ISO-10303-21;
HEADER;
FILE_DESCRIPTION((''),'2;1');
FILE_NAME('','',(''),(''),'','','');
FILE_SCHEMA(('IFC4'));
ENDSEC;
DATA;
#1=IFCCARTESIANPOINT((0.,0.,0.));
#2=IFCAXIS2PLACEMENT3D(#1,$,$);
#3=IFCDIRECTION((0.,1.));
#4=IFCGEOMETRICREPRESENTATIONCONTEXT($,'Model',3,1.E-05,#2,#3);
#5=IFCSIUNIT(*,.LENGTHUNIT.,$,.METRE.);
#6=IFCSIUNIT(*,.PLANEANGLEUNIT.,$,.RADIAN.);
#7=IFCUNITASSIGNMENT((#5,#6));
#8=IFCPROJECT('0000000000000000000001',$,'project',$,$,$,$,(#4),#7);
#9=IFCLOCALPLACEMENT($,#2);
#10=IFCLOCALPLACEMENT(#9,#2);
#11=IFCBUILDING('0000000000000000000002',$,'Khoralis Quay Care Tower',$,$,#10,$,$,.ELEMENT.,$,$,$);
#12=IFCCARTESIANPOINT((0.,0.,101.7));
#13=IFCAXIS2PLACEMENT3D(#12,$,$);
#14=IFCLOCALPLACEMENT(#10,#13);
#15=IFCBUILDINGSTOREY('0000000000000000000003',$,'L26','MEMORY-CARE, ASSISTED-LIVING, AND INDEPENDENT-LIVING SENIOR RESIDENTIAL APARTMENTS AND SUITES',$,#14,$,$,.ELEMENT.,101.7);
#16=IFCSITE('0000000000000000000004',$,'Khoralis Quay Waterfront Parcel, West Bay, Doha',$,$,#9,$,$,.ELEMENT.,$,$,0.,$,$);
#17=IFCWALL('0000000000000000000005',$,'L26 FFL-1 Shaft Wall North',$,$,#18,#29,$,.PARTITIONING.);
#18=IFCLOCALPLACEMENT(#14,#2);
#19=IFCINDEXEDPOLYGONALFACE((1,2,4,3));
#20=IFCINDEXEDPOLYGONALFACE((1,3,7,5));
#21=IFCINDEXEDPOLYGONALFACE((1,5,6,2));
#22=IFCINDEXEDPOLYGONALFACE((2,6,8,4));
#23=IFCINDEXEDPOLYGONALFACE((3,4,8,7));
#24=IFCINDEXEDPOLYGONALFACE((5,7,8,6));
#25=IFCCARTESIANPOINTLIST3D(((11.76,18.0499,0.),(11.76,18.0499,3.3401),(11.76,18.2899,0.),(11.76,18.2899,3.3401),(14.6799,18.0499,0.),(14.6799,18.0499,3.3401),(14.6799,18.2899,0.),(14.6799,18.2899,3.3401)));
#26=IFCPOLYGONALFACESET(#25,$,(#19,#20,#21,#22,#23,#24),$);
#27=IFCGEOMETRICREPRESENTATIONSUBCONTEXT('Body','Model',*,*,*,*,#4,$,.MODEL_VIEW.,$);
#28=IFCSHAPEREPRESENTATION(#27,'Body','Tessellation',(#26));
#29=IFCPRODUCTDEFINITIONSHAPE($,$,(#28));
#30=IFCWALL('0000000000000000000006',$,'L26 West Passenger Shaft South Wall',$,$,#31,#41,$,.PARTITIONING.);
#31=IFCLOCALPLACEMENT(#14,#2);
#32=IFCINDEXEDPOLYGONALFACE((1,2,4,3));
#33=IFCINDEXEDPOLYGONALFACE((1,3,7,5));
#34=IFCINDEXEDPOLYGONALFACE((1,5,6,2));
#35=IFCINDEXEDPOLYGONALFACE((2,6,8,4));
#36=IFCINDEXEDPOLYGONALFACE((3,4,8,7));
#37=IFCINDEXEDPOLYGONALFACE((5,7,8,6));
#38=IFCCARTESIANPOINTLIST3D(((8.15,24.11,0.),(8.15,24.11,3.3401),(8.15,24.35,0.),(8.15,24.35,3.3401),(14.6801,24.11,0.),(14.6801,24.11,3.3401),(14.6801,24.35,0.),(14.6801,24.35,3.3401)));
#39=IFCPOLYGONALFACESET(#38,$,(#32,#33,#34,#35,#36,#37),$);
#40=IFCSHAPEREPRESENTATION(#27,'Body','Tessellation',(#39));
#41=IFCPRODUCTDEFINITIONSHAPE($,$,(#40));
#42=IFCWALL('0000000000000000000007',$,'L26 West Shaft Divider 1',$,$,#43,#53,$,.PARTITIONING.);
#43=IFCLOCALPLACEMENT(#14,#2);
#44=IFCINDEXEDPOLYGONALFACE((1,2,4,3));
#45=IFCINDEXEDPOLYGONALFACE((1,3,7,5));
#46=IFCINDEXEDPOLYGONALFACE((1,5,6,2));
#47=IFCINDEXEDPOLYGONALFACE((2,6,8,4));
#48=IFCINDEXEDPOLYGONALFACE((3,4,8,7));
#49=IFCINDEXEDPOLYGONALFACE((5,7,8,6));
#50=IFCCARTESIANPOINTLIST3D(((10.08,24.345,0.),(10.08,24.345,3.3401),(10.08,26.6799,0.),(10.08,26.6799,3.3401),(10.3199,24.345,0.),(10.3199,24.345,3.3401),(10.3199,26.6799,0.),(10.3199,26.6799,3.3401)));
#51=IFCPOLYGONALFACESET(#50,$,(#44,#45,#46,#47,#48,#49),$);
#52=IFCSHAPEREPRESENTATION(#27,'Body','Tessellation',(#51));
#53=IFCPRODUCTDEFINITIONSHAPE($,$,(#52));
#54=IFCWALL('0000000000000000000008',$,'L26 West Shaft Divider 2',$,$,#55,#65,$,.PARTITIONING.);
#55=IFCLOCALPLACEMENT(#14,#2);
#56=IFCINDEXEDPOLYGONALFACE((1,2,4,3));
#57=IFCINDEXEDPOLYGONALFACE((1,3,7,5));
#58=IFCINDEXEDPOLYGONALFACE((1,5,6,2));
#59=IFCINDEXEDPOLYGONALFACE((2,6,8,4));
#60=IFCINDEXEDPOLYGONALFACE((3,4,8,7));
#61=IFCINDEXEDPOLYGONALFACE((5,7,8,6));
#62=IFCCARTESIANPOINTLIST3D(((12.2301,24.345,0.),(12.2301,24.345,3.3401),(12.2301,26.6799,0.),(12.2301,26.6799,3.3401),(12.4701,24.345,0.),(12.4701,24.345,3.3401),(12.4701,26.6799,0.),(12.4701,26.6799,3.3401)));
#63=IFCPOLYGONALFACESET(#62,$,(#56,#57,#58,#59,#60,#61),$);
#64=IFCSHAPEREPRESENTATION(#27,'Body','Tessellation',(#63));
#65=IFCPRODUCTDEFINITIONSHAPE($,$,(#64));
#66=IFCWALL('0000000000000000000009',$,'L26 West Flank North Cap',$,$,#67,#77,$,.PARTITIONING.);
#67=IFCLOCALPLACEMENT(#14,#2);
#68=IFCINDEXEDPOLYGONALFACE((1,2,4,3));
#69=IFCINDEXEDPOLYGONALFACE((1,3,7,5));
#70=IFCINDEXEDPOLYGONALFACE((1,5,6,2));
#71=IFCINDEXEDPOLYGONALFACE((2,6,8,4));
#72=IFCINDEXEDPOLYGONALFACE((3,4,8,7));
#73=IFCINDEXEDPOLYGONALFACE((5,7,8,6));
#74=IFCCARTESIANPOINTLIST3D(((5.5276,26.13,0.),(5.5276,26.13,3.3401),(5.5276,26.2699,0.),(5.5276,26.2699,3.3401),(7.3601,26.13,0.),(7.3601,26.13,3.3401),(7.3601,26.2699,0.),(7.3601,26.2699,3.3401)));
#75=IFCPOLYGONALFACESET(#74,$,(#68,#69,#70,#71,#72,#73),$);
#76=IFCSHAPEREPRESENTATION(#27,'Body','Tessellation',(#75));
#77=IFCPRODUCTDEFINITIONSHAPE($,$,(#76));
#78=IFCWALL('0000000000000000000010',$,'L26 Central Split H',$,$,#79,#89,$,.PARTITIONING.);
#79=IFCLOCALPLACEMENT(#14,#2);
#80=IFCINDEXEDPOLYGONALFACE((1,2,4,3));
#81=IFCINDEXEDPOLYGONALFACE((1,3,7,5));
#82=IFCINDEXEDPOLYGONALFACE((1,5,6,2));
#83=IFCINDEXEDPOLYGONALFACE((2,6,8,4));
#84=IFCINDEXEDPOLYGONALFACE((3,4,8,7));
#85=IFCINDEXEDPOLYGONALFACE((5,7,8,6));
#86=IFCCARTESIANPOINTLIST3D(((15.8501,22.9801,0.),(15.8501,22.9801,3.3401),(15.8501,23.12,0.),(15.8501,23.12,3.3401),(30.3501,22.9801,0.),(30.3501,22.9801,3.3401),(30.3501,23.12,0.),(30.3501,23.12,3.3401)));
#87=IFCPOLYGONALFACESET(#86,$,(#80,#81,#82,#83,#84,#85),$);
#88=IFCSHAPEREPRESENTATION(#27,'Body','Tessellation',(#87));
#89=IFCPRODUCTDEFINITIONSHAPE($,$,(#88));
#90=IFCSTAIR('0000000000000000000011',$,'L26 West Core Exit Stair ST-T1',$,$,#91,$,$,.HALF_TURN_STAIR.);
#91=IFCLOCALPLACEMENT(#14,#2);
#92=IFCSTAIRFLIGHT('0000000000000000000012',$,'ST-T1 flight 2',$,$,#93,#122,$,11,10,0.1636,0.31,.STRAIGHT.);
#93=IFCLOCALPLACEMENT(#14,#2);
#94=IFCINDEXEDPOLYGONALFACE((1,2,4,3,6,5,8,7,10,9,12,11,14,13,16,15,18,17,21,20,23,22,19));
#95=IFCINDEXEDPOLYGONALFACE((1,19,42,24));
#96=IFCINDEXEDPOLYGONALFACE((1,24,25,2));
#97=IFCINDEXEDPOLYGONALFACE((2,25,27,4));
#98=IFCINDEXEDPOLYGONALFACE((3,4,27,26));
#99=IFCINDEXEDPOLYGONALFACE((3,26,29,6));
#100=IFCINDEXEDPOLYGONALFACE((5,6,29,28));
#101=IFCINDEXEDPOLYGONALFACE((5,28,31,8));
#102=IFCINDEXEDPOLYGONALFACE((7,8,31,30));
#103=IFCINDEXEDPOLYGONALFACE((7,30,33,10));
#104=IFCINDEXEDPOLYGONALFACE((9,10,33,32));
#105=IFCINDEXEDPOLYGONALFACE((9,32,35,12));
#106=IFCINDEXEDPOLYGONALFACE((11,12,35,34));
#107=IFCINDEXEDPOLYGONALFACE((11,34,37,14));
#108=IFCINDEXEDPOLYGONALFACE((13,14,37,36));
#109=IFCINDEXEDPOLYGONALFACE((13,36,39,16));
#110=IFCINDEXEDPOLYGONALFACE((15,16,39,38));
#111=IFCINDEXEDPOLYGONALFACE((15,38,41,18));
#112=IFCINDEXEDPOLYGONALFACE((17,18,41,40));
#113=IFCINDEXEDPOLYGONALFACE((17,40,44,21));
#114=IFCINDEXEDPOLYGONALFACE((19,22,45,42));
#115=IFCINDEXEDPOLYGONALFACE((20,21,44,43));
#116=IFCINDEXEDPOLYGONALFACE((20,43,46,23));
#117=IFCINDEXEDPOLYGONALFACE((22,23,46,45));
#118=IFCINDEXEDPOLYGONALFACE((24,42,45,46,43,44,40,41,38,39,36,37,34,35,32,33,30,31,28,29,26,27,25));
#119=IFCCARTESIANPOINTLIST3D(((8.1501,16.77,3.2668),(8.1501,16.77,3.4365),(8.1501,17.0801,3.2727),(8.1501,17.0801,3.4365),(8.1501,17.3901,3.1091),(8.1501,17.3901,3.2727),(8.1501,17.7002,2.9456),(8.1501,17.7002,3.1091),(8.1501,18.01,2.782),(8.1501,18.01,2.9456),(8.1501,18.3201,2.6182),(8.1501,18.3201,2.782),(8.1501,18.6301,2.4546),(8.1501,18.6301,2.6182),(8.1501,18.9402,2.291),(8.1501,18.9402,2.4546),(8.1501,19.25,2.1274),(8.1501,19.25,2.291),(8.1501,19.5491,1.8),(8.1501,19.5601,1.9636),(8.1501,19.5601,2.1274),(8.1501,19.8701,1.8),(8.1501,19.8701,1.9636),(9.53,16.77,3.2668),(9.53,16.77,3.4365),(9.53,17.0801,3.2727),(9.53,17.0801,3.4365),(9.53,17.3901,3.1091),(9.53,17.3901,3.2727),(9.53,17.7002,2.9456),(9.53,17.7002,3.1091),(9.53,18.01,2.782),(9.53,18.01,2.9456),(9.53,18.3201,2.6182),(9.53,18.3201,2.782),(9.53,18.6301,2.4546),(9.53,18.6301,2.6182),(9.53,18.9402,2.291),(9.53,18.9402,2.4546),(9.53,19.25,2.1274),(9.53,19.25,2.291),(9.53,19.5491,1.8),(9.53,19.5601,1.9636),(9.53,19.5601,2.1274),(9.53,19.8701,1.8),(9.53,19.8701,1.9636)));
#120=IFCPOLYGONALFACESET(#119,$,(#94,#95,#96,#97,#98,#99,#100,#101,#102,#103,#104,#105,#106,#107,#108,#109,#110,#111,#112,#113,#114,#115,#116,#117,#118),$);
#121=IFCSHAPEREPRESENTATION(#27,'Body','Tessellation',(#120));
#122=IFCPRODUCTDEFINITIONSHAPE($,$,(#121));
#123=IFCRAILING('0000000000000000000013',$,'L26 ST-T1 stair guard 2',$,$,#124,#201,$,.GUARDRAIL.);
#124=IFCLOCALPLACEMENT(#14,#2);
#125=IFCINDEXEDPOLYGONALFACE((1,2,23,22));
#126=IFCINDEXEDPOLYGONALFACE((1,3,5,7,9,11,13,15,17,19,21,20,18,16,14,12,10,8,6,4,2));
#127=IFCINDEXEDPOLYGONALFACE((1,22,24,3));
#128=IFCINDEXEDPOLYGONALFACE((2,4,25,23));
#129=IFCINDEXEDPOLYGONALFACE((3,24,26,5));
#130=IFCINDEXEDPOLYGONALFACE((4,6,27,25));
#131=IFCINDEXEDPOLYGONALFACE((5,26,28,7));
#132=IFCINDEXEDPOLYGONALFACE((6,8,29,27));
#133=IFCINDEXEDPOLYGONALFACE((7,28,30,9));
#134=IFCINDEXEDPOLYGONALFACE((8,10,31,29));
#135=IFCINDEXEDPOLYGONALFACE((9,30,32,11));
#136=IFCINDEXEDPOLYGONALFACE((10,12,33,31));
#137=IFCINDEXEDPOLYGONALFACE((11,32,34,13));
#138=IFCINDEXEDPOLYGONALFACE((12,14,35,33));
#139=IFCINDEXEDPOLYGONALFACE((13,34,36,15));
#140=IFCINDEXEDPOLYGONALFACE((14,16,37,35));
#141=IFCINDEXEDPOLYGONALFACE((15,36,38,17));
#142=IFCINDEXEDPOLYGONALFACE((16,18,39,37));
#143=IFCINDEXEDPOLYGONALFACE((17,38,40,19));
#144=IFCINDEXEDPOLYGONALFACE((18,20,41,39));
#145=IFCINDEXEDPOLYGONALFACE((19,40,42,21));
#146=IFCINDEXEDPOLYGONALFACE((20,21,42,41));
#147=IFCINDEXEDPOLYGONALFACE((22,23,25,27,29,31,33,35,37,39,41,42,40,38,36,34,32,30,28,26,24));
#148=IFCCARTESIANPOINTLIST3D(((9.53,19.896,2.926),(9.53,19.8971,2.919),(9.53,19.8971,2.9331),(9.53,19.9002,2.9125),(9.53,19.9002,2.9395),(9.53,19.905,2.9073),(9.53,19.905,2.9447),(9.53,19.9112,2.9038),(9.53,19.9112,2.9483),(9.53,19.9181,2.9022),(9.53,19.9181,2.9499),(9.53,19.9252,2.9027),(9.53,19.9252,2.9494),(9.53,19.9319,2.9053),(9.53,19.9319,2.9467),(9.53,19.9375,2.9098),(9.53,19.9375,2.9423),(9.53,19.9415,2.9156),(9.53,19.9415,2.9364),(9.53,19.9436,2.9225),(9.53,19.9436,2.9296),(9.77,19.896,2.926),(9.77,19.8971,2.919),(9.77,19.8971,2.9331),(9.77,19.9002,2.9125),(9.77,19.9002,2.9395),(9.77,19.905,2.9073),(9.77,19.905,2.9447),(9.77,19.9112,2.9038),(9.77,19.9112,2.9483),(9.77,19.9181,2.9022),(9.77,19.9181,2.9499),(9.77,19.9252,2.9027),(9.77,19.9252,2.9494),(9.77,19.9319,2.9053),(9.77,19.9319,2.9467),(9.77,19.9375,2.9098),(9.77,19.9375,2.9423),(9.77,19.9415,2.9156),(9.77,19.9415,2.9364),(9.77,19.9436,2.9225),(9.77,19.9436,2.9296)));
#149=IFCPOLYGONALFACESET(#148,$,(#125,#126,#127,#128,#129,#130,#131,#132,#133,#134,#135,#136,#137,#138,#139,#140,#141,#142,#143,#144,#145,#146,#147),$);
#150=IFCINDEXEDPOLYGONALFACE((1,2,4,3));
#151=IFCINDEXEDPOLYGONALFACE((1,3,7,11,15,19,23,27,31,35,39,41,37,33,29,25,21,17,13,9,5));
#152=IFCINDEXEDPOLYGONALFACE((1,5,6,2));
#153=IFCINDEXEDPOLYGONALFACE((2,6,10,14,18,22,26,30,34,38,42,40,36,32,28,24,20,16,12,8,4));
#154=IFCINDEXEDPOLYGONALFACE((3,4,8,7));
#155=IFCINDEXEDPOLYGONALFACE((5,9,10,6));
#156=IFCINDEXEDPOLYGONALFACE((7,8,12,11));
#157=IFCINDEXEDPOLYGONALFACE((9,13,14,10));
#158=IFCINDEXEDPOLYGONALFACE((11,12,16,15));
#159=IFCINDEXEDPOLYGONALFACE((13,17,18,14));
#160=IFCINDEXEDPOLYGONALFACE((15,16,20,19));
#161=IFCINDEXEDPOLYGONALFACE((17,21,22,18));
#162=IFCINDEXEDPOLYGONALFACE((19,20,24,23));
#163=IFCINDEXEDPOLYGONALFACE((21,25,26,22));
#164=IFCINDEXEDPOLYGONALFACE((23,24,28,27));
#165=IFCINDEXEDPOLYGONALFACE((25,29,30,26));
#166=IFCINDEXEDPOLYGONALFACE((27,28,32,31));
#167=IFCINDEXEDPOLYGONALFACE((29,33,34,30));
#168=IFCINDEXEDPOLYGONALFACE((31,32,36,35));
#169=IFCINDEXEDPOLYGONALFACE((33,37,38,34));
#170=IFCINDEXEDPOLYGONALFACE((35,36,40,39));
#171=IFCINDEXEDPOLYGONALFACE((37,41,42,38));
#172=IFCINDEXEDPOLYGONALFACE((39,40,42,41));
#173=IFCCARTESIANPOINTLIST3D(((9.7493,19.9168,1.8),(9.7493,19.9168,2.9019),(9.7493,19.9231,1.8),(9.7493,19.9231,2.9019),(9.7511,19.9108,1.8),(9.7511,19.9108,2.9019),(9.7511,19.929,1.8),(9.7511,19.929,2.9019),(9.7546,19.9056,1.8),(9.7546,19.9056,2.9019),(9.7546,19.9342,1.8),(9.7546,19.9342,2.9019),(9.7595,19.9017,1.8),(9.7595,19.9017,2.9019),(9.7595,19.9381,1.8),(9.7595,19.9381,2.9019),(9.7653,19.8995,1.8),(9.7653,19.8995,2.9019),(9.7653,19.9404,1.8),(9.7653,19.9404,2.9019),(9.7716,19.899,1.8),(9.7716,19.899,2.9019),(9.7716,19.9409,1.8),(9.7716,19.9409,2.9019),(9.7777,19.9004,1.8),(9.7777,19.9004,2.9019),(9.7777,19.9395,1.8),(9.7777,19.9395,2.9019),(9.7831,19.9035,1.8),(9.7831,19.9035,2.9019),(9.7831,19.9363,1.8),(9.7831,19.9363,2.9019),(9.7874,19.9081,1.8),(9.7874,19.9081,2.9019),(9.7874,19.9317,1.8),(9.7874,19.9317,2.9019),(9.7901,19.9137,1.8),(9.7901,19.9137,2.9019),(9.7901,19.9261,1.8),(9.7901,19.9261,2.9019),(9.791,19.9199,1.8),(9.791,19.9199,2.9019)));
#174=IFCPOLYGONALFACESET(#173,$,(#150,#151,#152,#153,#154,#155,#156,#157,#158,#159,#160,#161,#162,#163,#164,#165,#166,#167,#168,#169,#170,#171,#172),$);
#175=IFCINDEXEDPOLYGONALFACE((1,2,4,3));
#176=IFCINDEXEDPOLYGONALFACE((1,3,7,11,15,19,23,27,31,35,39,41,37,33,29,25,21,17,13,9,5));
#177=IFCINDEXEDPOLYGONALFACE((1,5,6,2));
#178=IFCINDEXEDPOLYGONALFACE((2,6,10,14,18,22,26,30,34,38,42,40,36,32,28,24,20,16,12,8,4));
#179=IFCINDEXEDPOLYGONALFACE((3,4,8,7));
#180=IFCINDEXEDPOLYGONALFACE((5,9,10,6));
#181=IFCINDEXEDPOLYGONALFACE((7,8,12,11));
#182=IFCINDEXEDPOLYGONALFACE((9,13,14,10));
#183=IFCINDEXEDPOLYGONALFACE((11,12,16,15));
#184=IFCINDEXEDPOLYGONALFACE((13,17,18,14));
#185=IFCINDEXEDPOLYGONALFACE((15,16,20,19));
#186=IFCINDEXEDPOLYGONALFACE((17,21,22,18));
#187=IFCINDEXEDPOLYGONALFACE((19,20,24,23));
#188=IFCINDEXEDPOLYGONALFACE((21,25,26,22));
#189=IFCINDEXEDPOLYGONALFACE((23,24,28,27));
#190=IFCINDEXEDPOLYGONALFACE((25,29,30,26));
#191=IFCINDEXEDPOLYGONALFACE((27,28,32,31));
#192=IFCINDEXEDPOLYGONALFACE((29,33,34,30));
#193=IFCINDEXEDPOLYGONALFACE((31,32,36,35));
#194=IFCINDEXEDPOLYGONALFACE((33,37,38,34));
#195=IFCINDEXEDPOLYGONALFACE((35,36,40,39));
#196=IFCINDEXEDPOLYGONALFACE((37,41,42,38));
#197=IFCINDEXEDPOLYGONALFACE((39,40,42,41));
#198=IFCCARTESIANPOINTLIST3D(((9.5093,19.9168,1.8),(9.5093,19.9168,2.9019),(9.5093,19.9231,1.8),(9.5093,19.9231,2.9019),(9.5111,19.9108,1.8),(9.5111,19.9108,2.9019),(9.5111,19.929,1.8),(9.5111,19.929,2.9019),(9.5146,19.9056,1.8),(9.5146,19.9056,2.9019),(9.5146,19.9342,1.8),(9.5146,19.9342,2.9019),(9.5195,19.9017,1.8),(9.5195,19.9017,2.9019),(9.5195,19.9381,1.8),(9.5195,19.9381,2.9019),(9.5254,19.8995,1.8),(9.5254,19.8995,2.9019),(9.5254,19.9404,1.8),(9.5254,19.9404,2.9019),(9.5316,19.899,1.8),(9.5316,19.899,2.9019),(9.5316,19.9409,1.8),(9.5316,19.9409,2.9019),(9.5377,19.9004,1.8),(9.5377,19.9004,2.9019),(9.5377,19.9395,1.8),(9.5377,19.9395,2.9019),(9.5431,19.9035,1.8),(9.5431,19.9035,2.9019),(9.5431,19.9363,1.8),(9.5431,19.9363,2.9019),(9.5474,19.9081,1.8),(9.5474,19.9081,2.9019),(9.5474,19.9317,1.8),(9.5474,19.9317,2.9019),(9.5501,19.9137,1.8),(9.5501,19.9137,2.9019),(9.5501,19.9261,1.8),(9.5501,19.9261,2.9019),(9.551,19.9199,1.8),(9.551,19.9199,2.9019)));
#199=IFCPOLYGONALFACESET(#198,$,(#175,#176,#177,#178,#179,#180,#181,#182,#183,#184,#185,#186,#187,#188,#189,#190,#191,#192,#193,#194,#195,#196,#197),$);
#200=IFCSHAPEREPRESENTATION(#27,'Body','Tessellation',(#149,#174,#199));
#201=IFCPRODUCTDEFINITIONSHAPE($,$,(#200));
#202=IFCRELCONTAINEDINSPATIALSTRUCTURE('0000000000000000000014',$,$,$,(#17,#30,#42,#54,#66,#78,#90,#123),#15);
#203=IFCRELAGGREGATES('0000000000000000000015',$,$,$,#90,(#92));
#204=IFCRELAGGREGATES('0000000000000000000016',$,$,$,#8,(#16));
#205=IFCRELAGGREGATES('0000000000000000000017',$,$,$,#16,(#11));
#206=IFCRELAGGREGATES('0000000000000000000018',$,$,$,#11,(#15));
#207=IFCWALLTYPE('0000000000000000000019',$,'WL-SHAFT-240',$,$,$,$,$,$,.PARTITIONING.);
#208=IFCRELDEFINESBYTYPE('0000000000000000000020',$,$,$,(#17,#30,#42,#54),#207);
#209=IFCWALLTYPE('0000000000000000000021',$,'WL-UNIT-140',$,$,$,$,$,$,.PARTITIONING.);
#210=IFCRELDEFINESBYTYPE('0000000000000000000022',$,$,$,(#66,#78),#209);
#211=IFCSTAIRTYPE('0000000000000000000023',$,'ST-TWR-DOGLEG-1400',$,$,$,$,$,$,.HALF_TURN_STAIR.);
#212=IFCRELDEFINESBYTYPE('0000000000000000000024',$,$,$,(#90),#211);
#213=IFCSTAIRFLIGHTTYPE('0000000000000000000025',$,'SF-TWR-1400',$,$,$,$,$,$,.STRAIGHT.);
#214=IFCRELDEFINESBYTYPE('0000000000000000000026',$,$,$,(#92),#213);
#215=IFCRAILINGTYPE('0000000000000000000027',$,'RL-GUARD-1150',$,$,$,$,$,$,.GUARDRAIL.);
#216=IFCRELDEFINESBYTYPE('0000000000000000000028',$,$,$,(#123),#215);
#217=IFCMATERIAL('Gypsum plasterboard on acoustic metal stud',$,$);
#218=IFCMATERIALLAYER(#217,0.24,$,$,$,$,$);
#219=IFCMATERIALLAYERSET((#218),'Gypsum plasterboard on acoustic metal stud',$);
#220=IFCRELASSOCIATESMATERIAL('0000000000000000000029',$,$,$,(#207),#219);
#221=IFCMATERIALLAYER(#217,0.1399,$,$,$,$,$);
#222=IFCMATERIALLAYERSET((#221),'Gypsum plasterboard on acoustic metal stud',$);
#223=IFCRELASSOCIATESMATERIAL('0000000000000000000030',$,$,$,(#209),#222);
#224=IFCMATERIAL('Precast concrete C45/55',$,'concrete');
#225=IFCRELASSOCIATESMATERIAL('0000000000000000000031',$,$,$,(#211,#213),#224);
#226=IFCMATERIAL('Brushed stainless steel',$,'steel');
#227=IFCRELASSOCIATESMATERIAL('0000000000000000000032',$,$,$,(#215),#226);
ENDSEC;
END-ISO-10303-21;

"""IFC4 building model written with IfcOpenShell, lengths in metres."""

from ifc_helpers import new_model, si_unit, direction, frame, frame_2d, origin, origin_2d, place, context, subcontext, project, spatial, polyline, rectangle, circle, outline, extrude, source, transform, mapped, material, layer, layer_set, type_object, element, aggregate, save


model = new_model("IFC4")

# Units and contexts
model_context = context("Model", 3, precision=1e-05, world=origin(), true_north=direction((0.0, 1.0)))
body_context = subcontext(model_context, "Body", "Model", "MODEL_VIEW")
ifc_project = project(units=[si_unit("LENGTHUNIT", "METRE"), si_unit("PLANEANGLEUNIT", "RADIAN")], contexts=[model_context])

# Site, building, storey
site_placement = place(None, origin())
site = spatial("IfcSite", under=ifc_project, at=site_placement, Name="Khoralis Quay Waterfront Parcel, West Bay, Doha", CompositionType="ELEMENT", RefElevation=0.0)
building_placement = place(site_placement, origin())
building = spatial("IfcBuilding", under=site, at=building_placement, Name="Khoralis Quay Care Tower", CompositionType="ELEMENT")
storey_placement = place(building_placement, frame((0.0, 0.0, 101.7)))
storey = spatial("IfcBuildingStorey", under=building, at=storey_placement, Name="L26", Description="MEMORY-CARE, ASSISTED-LIVING, AND INDEPENDENT-LIVING SENIOR RESIDENTIAL APARTMENTS AND SUITES", CompositionType="ELEMENT", Elevation=101.7)

# Shared definitions
ifc_material_1 = material(Name="Brushed stainless steel", Category="steel")

# Shared definitions
ifc_material_2 = material(Name="Gypsum plasterboard on acoustic metal stud")

# Walls
ifc_layer_1 = layer(ifc_material_2, 0.24)
ifc_layer_set_1 = layer_set([ifc_layer_1], Name="Gypsum plasterboard on acoustic metal stud")
wall_type_1 = type_object("IfcWallType", Name="WL-SHAFT-240", PredefinedType="PARTITIONING", material=ifc_layer_set_1)
wall_1_placement = place(storey_placement, frame((11.76, 18.1699, 0.0), z_axis=(0.0, 0.0, 1.0), x_axis=(1.0, 0.0, 0.0)))
element("IfcWall", 1, at=wall_1_placement, inside=storey, type_object=wall_type_1, Name="L26 FFL-1 Shaft Wall North", PredefinedType="PARTITIONING", context=body_context, shape_type="SweptSolid", body=[
    extrude(rectangle(XDim=2.9199, YDim=0.24, at=frame_2d((1.46, 0.0))), origin(), (0.0, 0.0, 1.0), 3.3401),
])
wall_2_placement = place(storey_placement, frame((8.1499, 24.23, 0.0), z_axis=(0.0, 0.0, 1.0), x_axis=(1.0, 0.0, 0.0)))
element("IfcWall", 2, at=wall_2_placement, inside=storey, type_object=wall_type_1, Name="L26 West Passenger Shaft South Wall", PredefinedType="PARTITIONING", context=body_context, shape_type="SweptSolid", body=[
    extrude(rectangle(XDim=6.53, YDim=0.24, at=frame_2d((3.2651, 0.0))), origin(), (0.0, 0.0, 1.0), 3.3401),
])
for number, where, z_axis, x_axis, name in (
    (3, (10.2, 24.345, 0.0), (0.0, 0.0, 1.0), (0.0, 1.0, 0.0), "L26 West Shaft Divider 1"),
    (4, (12.3501, 24.345, 0.0), (0.0, 0.0, 1.0), (0.0, 1.0, 0.0), "L26 West Shaft Divider 2"),
):
    element("IfcWall", number, at=place(storey_placement, frame(where, z_axis=z_axis, x_axis=x_axis)), inside=storey, type_object=wall_type_1, Name=name, PredefinedType="PARTITIONING", context=body_context, shape_type="SweptSolid", body=[
        extrude(rectangle(XDim=2.335, YDim=0.24, at=frame_2d((1.1675, 0.0))), origin(), (0.0, 0.0, 1.0), 3.3401),
    ])
ifc_layer_2 = layer(ifc_material_2, 0.1399)
ifc_layer_set_2 = layer_set([ifc_layer_2], Name="Gypsum plasterboard on acoustic metal stud")
wall_type_2 = type_object("IfcWallType", Name="WL-UNIT-140", PredefinedType="PARTITIONING", material=ifc_layer_set_2)
wall_3_placement = place(storey_placement, frame((5.5276, 26.2, 0.0), z_axis=(0.0, 0.0, 1.0), x_axis=(1.0, 0.0, 0.0)))
element("IfcWall", 5, at=wall_3_placement, inside=storey, type_object=wall_type_2, Name="L26 West Flank North Cap", PredefinedType="PARTITIONING", context=body_context, shape_type="SweptSolid", body=[
    extrude(rectangle(XDim=1.8325, YDim=0.1399, at=frame_2d((0.9163, 0.0))), origin(), (0.0, 0.0, 1.0), 3.3401),
])
wall_4_placement = place(storey_placement, frame((15.8501, 23.05, 0.0), z_axis=(0.0, 0.0, 1.0), x_axis=(1.0, 0.0, 0.0)))
element("IfcWall", 6, at=wall_4_placement, inside=storey, type_object=wall_type_2, Name="L26 Central Split H", PredefinedType="PARTITIONING", context=body_context, shape_type="SweptSolid", body=[
    extrude(rectangle(XDim=14.5, YDim=0.1399, at=frame_2d((7.25, 0.0))), origin(), (0.0, 0.0, 1.0), 3.3401),
])

# Stair, stair flight
ifc_material_3 = material(Name="Precast concrete C45/55", Category="concrete")
stair_type = type_object("IfcStairType", Name="ST-TWR-DOGLEG-1400", PredefinedType="HALF_TURN_STAIR", material=ifc_material_3)
stair_placement = place(storey_placement, origin())
stair = element("IfcStair", 7, at=stair_placement, inside=storey, type_object=stair_type, Name="L26 West Core Exit Stair ST-T1", PredefinedType="HALF_TURN_STAIR")
stair_flight_type = type_object("IfcStairFlightType", Name="SF-TWR-1400", PredefinedType="STRAIGHT", material=ifc_material_3)
shared_shape_1 = source(origin(), body_context, "Body", "SweptSolid", [
    extrude(outline(polyline([(0.0, 0.0), (0.0, 0.1636), (0.3101, 0.1636), (0.3101, 0.3274), (0.6201, 0.3274), (0.6201, 0.491), (0.9299, 0.491), (0.9299, 0.6545), (1.24, 0.6545), (1.24, 0.8181), (1.55, 0.8181), (1.55, 0.9819), (1.8601, 0.9819), (1.8601, 1.1455), (2.1699, 1.1455), (2.1699, 1.3091), (2.48, 1.3091), (2.48, 1.4727), (2.79, 1.4727), (2.79, 1.6365), (3.1001, 1.6365), (3.1001, 1.8), (3.1001, 1.4668), (0.321, 0.0), (0.0, 0.0)])), frame((0.0, 0.6899, 0.0), z_axis=(0.0, -1.0, 0.0), x_axis=(1.0, 0.0, 0.0)), (0.0, 0.0, 1.0), 1.3799),
])
stair_flight_placement = place(storey_placement, frame((8.8401, 19.8701, 1.8), z_axis=(0.0, 0.0, 1.0), x_axis=(0.0, -1.0, 0.0)))
stair_flight = element("IfcStairFlight", 8, at=stair_flight_placement, type_object=stair_flight_type, Name="ST-T1 flight 2", NumberOfRisers=11, NumberOfTreads=10, PredefinedType="STRAIGHT", RiserHeight=0.1636, TreadLength=0.31, context=body_context, shape_type="MappedRepresentation", body=[
    mapped(shared_shape_1, transform((0.0, 0.0, 0.0), scale=1.0)),
])
aggregate(stair, [stair_flight])

# Railing
railing_type_1 = type_object("IfcRailingType", Name="RL-GUARD-1150", PredefinedType="GUARDRAIL", material=ifc_material_1)
railing_1_placement = place(storey_placement, frame((9.77, 19.9199, 1.8)))
element("IfcRailing", 9, at=railing_1_placement, inside=storey, type_object=railing_type_1, Name="L26 ST-T1 stair guard 2", PredefinedType="GUARDRAIL", context=body_context, shape_type="SweptSolid", body=[
    extrude(circle(Radius=0.0239, at=origin_2d()), frame((0.0, 0.0, 1.126), z_axis=(-1.0, 0.0, 0.0), x_axis=(0.0, -1.0, 0.0)), (0.0, 0.0, 1.0), 0.24),
    extrude(circle(Radius=0.021, at=origin_2d()), origin(), (0.0, 0.0, 1.0), 1.1018),
    extrude(circle(Radius=0.021, at=origin_2d()), frame((-0.24, 0.0, 0.0)), (0.0, 0.0, 1.0), 1.1018),
])

save(model, "model.ifc")
